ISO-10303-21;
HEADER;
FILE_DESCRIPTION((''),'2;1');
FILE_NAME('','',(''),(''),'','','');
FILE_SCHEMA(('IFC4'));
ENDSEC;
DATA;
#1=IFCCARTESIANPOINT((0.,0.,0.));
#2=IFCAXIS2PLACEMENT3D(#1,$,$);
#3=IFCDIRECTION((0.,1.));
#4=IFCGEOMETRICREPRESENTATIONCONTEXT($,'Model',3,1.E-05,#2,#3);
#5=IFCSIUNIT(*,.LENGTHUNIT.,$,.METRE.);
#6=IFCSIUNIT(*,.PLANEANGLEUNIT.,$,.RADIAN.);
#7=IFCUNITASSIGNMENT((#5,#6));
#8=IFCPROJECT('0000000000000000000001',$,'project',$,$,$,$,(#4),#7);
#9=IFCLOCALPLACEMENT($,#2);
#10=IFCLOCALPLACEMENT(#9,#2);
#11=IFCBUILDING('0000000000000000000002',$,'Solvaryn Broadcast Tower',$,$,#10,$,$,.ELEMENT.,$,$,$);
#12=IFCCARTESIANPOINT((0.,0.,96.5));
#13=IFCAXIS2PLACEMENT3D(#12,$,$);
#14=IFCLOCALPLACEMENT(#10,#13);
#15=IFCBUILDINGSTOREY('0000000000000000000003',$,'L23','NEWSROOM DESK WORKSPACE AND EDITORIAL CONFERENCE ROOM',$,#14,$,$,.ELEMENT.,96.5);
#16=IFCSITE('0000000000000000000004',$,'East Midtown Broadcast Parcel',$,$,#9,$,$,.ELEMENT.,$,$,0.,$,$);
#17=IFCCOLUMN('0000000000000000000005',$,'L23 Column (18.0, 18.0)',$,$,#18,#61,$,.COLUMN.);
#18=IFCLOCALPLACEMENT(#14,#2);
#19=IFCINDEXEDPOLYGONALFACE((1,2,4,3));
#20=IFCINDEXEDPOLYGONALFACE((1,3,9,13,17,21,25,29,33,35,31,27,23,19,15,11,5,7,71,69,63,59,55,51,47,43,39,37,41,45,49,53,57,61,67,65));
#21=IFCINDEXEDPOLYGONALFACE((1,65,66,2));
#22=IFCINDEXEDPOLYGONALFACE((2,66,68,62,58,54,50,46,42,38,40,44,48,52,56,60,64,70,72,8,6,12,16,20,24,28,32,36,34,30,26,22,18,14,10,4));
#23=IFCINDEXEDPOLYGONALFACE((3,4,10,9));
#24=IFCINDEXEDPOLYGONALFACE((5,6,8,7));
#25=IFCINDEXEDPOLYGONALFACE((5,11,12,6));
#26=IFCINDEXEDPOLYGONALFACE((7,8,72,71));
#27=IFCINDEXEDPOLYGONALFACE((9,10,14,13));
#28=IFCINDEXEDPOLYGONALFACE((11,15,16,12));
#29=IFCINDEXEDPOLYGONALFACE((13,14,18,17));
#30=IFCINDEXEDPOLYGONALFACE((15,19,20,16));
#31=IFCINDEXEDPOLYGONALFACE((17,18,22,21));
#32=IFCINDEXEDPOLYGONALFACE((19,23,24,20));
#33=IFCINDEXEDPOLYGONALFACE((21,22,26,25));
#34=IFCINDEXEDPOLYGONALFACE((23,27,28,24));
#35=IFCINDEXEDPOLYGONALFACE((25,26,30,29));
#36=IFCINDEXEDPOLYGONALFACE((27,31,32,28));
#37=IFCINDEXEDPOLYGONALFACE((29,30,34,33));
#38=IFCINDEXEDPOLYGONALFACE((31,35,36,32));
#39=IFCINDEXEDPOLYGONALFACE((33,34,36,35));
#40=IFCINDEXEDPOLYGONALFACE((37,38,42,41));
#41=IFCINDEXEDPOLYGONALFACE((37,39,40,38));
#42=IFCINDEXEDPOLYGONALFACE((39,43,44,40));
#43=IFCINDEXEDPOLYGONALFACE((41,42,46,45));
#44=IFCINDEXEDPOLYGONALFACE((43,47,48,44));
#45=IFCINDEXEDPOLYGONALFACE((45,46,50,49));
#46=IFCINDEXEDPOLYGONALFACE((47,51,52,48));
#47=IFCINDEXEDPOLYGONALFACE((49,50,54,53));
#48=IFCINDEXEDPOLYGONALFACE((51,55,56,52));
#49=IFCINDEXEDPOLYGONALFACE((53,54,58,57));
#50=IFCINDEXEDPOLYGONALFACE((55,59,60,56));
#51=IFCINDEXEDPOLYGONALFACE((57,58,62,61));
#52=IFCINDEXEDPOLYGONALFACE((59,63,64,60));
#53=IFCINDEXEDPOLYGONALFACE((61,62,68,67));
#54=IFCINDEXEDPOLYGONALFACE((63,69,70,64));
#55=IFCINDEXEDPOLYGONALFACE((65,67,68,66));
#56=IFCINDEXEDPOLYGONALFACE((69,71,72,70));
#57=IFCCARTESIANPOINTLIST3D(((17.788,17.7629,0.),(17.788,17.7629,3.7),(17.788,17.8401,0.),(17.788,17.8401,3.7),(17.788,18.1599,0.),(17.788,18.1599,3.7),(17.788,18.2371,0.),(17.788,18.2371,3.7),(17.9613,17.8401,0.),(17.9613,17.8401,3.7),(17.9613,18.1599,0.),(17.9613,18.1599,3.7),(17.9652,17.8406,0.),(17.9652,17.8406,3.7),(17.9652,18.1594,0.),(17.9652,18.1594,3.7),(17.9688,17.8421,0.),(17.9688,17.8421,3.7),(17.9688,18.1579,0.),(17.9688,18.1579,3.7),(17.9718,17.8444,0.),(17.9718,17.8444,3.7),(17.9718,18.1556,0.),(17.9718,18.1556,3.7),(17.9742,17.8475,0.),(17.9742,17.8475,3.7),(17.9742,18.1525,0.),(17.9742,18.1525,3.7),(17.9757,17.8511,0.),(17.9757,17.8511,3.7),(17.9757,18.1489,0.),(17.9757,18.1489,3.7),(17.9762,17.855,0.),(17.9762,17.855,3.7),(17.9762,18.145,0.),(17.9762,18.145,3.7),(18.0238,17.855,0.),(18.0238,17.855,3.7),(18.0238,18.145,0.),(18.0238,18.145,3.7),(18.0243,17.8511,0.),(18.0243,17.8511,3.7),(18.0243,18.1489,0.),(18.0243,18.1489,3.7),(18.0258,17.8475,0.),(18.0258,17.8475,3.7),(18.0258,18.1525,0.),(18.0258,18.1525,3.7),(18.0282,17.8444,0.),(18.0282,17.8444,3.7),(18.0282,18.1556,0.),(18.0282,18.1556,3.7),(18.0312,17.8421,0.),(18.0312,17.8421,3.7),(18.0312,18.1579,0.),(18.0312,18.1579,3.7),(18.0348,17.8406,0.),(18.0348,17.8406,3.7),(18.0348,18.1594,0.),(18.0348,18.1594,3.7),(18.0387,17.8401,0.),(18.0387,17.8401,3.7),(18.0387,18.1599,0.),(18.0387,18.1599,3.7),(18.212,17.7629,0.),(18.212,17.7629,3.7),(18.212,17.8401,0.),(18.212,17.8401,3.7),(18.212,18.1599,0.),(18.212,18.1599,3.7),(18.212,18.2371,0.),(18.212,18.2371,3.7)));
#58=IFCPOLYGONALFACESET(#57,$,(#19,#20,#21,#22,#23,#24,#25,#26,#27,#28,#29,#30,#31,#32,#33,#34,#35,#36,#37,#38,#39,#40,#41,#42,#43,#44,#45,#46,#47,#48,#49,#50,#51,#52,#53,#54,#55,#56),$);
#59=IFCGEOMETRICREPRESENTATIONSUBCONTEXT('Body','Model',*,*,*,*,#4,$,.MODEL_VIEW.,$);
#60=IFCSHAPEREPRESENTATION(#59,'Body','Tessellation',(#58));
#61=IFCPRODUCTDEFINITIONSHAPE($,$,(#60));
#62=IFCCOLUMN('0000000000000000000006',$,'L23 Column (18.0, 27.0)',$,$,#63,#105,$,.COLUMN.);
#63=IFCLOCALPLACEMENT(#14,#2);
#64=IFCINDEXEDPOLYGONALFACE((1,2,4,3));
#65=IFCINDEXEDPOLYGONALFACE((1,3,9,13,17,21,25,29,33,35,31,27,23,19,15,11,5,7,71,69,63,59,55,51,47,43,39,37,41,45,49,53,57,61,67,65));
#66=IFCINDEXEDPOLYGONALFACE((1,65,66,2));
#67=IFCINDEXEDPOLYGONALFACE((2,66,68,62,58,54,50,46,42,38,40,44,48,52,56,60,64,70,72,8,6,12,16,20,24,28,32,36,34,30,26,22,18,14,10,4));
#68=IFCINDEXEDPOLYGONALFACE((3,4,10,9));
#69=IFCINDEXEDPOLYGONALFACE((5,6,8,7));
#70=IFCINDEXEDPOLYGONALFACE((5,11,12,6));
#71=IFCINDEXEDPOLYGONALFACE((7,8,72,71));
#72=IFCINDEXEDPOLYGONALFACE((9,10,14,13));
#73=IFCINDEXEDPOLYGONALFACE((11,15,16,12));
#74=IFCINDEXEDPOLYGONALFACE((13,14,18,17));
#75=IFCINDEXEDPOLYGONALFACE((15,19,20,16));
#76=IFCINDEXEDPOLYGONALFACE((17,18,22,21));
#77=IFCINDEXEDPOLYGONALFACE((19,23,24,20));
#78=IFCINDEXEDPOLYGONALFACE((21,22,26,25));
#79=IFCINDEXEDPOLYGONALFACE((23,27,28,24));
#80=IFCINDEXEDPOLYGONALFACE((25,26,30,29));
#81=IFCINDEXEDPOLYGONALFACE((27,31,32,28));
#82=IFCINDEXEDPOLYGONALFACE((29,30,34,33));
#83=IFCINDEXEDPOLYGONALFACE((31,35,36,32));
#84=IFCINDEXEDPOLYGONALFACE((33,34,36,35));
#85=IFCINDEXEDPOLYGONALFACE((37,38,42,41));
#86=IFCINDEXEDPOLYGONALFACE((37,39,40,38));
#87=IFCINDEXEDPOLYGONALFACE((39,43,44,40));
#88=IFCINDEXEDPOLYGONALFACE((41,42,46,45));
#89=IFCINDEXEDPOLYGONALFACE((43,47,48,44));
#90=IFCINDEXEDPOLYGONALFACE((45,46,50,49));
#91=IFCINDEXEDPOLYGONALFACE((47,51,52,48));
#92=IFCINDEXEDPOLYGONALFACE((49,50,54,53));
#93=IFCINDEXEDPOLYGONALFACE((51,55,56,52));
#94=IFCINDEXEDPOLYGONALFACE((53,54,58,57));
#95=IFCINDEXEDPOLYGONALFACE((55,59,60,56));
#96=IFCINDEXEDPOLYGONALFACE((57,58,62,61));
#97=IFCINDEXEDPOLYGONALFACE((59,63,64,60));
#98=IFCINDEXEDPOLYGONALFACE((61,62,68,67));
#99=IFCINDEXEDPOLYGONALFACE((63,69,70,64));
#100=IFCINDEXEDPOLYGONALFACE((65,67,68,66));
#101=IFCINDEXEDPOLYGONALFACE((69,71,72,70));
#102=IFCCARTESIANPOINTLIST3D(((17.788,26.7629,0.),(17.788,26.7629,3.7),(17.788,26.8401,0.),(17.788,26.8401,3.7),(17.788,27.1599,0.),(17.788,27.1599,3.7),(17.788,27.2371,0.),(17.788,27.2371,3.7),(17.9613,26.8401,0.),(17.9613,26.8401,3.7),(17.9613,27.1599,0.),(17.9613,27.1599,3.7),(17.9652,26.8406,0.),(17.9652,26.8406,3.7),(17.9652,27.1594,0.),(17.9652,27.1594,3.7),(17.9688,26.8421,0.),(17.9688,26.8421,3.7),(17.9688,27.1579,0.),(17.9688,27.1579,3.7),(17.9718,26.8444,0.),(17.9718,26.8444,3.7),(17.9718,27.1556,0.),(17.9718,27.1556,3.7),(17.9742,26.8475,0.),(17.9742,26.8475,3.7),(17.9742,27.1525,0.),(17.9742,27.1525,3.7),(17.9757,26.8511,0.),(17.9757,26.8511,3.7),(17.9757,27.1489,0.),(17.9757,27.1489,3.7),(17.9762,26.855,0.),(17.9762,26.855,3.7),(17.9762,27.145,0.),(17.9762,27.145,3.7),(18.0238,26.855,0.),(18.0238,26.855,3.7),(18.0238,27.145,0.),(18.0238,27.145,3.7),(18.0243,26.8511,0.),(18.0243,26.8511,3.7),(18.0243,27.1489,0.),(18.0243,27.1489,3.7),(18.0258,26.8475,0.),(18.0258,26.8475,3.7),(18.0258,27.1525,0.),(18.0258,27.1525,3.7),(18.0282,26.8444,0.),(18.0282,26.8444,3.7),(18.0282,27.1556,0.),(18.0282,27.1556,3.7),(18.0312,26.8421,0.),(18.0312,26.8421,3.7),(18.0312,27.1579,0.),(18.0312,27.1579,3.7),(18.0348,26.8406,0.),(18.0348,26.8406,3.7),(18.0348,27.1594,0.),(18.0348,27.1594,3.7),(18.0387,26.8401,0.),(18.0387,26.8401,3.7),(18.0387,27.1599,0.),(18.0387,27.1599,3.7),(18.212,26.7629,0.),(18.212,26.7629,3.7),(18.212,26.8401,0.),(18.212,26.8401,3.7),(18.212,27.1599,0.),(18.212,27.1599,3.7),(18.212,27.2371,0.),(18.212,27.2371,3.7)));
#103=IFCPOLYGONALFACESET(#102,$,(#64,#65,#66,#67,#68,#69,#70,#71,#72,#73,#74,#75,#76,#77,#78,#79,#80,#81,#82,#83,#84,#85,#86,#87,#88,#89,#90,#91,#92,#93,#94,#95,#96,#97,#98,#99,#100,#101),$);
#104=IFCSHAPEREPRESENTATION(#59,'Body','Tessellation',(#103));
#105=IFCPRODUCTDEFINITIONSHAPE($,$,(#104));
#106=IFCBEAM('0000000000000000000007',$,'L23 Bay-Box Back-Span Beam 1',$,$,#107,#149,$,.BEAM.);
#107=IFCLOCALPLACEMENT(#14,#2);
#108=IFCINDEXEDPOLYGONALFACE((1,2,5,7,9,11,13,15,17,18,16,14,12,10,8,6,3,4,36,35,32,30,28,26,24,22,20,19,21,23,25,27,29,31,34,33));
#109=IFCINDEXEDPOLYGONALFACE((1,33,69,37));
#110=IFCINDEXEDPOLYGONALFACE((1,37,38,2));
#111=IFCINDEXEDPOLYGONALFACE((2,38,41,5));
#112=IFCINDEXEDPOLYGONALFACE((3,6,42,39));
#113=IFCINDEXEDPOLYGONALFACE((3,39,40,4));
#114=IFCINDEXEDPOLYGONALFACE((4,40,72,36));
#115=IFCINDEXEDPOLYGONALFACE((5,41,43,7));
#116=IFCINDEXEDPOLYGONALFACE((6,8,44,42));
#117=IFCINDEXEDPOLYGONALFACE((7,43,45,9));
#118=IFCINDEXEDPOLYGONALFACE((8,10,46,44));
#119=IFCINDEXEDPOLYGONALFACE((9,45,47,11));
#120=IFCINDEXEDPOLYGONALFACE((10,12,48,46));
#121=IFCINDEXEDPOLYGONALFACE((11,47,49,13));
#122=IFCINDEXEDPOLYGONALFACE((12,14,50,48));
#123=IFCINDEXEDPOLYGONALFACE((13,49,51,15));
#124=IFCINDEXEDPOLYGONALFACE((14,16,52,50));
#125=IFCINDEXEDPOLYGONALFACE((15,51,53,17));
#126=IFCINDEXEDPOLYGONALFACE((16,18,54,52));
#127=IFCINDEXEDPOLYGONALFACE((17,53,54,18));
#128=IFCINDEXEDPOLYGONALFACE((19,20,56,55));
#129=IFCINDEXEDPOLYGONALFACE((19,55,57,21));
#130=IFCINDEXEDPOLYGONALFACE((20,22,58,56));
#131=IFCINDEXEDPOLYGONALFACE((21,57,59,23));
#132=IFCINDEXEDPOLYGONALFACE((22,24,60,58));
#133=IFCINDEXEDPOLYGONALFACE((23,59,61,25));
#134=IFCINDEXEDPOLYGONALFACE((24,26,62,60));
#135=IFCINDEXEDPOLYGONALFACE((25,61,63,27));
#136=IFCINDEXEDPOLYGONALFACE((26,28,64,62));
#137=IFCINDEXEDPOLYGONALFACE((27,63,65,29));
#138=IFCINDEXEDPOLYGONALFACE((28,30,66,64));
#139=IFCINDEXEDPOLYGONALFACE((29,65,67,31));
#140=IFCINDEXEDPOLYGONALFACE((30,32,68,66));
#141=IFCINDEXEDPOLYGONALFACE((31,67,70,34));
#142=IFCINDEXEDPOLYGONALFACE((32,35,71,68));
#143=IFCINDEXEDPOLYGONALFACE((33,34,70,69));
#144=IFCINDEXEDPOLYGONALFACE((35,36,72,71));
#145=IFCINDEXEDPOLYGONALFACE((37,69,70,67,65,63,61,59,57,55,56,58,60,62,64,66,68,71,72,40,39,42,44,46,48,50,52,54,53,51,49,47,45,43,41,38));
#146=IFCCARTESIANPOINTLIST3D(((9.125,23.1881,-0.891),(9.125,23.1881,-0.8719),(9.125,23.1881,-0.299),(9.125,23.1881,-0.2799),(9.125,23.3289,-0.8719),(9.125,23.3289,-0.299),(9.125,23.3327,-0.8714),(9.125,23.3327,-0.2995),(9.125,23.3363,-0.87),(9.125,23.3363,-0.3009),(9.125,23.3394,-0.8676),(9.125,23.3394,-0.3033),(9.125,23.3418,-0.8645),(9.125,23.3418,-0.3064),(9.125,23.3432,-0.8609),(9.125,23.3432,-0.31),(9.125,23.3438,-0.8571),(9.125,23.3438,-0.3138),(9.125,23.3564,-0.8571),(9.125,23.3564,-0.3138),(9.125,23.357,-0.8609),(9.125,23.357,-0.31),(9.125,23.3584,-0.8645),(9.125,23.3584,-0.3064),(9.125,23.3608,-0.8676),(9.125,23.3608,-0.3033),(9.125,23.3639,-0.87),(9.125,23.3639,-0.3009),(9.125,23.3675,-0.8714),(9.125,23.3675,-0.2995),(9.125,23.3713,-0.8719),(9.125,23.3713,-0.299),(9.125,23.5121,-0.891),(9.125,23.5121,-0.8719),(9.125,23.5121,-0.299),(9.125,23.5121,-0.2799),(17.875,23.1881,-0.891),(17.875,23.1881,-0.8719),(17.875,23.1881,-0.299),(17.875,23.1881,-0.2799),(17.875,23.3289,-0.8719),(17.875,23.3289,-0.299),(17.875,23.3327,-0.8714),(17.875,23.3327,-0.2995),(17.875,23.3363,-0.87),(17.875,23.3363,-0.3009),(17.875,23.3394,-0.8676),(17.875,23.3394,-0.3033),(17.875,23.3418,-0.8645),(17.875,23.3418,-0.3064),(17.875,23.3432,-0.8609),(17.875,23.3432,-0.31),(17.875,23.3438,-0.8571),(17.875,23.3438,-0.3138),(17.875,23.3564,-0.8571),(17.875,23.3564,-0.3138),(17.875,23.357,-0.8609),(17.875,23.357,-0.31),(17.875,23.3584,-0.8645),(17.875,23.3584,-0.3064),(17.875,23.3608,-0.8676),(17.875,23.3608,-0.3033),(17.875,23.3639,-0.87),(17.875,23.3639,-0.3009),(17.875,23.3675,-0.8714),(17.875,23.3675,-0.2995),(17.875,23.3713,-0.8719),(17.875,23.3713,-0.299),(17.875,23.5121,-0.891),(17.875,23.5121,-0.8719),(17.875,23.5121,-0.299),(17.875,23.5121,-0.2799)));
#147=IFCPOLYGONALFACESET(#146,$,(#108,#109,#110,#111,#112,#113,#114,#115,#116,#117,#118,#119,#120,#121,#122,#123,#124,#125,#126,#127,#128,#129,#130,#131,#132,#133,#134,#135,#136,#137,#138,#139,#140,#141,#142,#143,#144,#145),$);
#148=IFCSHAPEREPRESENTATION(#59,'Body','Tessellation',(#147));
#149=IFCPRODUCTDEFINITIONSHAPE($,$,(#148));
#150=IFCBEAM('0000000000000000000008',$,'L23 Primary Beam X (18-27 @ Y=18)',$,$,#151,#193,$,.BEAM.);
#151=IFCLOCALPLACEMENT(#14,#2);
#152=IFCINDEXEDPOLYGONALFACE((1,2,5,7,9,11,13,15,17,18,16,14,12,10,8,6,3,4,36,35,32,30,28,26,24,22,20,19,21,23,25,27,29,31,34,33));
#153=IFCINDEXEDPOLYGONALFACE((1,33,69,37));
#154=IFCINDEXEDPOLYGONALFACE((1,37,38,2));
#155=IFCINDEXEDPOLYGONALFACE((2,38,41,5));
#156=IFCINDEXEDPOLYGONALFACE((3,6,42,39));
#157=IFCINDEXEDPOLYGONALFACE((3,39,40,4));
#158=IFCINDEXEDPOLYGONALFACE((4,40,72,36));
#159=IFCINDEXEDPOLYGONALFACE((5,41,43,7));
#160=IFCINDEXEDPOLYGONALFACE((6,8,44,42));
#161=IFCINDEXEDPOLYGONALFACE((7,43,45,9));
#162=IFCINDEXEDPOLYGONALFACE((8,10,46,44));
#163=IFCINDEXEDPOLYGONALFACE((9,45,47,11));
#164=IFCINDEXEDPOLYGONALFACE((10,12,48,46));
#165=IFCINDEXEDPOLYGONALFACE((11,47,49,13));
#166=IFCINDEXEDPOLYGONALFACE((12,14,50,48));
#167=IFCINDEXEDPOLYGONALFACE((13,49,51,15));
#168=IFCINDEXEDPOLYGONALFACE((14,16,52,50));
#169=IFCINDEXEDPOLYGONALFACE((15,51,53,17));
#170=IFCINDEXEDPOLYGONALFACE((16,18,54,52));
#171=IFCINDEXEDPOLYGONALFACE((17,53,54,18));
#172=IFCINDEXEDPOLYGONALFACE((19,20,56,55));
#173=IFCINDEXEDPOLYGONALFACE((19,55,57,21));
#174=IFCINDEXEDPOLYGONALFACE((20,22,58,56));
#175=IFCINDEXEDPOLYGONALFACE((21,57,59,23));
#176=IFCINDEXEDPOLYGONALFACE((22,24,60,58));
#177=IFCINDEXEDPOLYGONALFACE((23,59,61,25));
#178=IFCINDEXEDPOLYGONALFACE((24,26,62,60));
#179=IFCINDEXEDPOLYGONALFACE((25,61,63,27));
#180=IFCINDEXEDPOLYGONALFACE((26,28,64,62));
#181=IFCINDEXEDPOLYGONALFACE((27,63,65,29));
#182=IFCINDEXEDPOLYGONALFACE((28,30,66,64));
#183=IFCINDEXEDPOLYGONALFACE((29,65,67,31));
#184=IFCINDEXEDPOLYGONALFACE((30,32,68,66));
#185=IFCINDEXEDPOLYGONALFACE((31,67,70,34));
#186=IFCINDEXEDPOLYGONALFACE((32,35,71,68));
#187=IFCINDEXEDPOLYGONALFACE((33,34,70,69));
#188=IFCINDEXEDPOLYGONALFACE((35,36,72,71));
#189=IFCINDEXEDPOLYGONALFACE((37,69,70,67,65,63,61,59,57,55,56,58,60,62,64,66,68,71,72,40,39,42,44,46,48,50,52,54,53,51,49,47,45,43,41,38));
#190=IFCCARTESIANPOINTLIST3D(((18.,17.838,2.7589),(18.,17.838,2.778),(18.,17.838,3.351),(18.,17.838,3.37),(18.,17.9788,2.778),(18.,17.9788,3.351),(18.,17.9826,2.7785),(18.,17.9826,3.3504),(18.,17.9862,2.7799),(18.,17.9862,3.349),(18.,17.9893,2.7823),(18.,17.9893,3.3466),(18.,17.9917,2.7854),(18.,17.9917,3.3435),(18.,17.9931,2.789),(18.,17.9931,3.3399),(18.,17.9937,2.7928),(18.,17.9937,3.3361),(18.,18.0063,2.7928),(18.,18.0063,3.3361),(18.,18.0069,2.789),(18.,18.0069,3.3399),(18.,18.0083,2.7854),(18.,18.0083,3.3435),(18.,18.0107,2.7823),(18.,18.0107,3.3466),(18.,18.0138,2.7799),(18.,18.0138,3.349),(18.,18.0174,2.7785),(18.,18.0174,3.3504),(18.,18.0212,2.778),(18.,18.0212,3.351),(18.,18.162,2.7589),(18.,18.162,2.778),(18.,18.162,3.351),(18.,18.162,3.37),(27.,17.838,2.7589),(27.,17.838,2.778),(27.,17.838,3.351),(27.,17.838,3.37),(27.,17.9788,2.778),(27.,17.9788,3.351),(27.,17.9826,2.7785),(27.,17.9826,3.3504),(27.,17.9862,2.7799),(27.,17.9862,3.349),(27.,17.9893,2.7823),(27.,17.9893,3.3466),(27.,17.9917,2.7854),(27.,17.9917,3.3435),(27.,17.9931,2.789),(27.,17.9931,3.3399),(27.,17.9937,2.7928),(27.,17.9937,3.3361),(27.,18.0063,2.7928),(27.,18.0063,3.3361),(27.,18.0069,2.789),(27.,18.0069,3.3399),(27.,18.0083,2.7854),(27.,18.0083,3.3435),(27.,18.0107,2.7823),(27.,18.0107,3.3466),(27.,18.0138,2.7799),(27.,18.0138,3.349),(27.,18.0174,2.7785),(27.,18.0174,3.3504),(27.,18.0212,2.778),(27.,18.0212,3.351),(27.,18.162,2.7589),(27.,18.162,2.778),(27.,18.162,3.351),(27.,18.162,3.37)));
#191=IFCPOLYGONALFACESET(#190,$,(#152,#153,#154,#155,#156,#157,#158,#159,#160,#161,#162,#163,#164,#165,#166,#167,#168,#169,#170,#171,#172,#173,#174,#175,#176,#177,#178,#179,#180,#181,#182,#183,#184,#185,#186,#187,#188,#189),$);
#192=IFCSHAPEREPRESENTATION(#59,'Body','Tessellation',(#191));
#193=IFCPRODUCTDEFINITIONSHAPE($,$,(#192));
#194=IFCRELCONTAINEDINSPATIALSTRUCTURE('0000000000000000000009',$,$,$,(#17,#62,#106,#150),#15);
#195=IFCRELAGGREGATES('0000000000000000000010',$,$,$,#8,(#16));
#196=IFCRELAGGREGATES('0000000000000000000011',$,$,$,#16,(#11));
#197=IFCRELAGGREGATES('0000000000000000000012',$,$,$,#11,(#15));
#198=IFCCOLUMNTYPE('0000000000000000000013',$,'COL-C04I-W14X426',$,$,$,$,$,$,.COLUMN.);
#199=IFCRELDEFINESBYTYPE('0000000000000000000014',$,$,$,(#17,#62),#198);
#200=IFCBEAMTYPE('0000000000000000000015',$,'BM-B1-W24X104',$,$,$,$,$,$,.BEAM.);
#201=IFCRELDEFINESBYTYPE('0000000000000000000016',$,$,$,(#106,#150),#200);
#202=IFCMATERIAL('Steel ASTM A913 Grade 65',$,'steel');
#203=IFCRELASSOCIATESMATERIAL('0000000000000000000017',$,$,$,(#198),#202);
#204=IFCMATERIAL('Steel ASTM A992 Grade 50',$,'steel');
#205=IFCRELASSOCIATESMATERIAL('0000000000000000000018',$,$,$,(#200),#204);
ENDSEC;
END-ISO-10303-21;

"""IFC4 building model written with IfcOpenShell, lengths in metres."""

from ifc_helpers import new_model, si_unit, direction, frame, origin, origin_2d, place, context, subcontext, project, spatial, i_section, extrude, material, material_profile, profile_set, type_object, element, save


model = new_model("IFC4")

# Units and contexts
model_context = context("Model", 3, precision=1e-05, world=origin(), true_north=direction((0.0, 1.0)))
body_context = subcontext(model_context, "Body", "Model", "MODEL_VIEW")
ifc_project = project(units=[si_unit("LENGTHUNIT", "METRE"), si_unit("PLANEANGLEUNIT", "RADIAN")], contexts=[model_context])

# Site, building, storey
site_placement = place(None, origin())
site = spatial("IfcSite", under=ifc_project, at=site_placement, Name="East Midtown Broadcast Parcel", CompositionType="ELEMENT", RefElevation=0.0)
building_placement = place(site_placement, origin())
building = spatial("IfcBuilding", under=site, at=building_placement, Name="Solvaryn Broadcast Tower", CompositionType="ELEMENT")
storey_placement = place(building_placement, frame((0.0, 0.0, 96.5)))
storey = spatial("IfcBuildingStorey", under=building, at=storey_placement, Name="L23", Description="NEWSROOM DESK WORKSPACE AND EDITORIAL CONFERENCE ROOM", CompositionType="ELEMENT", Elevation=96.5)

# Columns
ifc_material_1 = material(Name="Steel ASTM A913 Grade 65", Category="steel")
ifc_material_profile_1 = material_profile(ifc_material_1, i_section(OverallWidth=0.4241, OverallDepth=0.4741, WebThickness=0.0476, FlangeThickness=0.0771, FilletRadius=0.0149, at=origin_2d()))
ifc_profile_set_1 = profile_set([ifc_material_profile_1], Name="Steel ASTM A913 Grade 65")
column_type = type_object("IfcColumnType", Name="COL-C04I-W14X426", PredefinedType="COLUMN", material=ifc_profile_set_1)
for number, where, z_axis, x_axis, name in (
    (1, (18.0, 18.0, 0.0), (0.0, 0.0, 1.0), (1.0, 0.0, 0.0), "L23 Column (18.0, 18.0)"),
    (2, (18.0, 27.0, 0.0), (0.0, 0.0, 1.0), (1.0, 0.0, 0.0), "L23 Column (18.0, 27.0)"),
):
    element("IfcColumn", number, at=place(storey_placement, frame(where, z_axis=z_axis, x_axis=x_axis)), inside=storey, type_object=column_type, Name=name, PredefinedType="COLUMN", context=body_context, shape_type="SweptSolid", body=[
        extrude(i_section(OverallWidth=0.4241, OverallDepth=0.4741, WebThickness=0.0476, FlangeThickness=0.0771, FilletRadius=0.0149, at=origin_2d()), origin(), (0.0, 0.0, 1.0), 3.7),
    ])

# Beams
ifc_material_2 = material(Name="Steel ASTM A992 Grade 50", Category="steel")
ifc_material_profile_2 = material_profile(ifc_material_2, i_section(OverallWidth=0.324, OverallDepth=0.6111, WebThickness=0.0127, FlangeThickness=0.019, FilletRadius=0.0149, at=origin_2d()))
ifc_profile_set_2 = profile_set([ifc_material_profile_2], Name="Steel ASTM A992 Grade 50")
beam_type_1 = type_object("IfcBeamType", Name="BM-B1-W24X104", PredefinedType="BEAM", material=ifc_profile_set_2)
beam_1_placement = place(storey_placement, frame((17.875, 23.3501, -0.5854), z_axis=(-1.0, 0.0, 0.0), x_axis=(0.0, -1.0, 0.0)))
element("IfcBeam", 3, at=beam_1_placement, inside=storey, type_object=beam_type_1, Name="L23 Bay-Box Back-Span Beam 1", PredefinedType="BEAM", context=body_context, shape_type="SweptSolid", body=[
    extrude(i_section(OverallWidth=0.324, OverallDepth=0.6111, WebThickness=0.0127, FlangeThickness=0.019, FilletRadius=0.0149, at=origin_2d()), origin(), (0.0, 0.0, 1.0), 8.75),
])
for number, where, z_axis, x_axis, name in (
    (4, (18.0, 18.0, 3.0645), (1.0, 0.0, 0.0), (0.0, 1.0, 0.0), "L23 Primary Beam X (18-27 @ Y=18)"),
):
    element("IfcBeam", number, at=place(storey_placement, frame(where, z_axis=z_axis, x_axis=x_axis)), inside=storey, type_object=beam_type_1, Name=name, PredefinedType="BEAM", context=body_context, shape_type="SweptSolid", body=[
        extrude(i_section(OverallWidth=0.324, OverallDepth=0.6111, WebThickness=0.0127, FlangeThickness=0.019, FilletRadius=0.0149, at=origin_2d()), origin(), (0.0, 0.0, 1.0), 9.0),
    ])

save(model, "model.ifc")
